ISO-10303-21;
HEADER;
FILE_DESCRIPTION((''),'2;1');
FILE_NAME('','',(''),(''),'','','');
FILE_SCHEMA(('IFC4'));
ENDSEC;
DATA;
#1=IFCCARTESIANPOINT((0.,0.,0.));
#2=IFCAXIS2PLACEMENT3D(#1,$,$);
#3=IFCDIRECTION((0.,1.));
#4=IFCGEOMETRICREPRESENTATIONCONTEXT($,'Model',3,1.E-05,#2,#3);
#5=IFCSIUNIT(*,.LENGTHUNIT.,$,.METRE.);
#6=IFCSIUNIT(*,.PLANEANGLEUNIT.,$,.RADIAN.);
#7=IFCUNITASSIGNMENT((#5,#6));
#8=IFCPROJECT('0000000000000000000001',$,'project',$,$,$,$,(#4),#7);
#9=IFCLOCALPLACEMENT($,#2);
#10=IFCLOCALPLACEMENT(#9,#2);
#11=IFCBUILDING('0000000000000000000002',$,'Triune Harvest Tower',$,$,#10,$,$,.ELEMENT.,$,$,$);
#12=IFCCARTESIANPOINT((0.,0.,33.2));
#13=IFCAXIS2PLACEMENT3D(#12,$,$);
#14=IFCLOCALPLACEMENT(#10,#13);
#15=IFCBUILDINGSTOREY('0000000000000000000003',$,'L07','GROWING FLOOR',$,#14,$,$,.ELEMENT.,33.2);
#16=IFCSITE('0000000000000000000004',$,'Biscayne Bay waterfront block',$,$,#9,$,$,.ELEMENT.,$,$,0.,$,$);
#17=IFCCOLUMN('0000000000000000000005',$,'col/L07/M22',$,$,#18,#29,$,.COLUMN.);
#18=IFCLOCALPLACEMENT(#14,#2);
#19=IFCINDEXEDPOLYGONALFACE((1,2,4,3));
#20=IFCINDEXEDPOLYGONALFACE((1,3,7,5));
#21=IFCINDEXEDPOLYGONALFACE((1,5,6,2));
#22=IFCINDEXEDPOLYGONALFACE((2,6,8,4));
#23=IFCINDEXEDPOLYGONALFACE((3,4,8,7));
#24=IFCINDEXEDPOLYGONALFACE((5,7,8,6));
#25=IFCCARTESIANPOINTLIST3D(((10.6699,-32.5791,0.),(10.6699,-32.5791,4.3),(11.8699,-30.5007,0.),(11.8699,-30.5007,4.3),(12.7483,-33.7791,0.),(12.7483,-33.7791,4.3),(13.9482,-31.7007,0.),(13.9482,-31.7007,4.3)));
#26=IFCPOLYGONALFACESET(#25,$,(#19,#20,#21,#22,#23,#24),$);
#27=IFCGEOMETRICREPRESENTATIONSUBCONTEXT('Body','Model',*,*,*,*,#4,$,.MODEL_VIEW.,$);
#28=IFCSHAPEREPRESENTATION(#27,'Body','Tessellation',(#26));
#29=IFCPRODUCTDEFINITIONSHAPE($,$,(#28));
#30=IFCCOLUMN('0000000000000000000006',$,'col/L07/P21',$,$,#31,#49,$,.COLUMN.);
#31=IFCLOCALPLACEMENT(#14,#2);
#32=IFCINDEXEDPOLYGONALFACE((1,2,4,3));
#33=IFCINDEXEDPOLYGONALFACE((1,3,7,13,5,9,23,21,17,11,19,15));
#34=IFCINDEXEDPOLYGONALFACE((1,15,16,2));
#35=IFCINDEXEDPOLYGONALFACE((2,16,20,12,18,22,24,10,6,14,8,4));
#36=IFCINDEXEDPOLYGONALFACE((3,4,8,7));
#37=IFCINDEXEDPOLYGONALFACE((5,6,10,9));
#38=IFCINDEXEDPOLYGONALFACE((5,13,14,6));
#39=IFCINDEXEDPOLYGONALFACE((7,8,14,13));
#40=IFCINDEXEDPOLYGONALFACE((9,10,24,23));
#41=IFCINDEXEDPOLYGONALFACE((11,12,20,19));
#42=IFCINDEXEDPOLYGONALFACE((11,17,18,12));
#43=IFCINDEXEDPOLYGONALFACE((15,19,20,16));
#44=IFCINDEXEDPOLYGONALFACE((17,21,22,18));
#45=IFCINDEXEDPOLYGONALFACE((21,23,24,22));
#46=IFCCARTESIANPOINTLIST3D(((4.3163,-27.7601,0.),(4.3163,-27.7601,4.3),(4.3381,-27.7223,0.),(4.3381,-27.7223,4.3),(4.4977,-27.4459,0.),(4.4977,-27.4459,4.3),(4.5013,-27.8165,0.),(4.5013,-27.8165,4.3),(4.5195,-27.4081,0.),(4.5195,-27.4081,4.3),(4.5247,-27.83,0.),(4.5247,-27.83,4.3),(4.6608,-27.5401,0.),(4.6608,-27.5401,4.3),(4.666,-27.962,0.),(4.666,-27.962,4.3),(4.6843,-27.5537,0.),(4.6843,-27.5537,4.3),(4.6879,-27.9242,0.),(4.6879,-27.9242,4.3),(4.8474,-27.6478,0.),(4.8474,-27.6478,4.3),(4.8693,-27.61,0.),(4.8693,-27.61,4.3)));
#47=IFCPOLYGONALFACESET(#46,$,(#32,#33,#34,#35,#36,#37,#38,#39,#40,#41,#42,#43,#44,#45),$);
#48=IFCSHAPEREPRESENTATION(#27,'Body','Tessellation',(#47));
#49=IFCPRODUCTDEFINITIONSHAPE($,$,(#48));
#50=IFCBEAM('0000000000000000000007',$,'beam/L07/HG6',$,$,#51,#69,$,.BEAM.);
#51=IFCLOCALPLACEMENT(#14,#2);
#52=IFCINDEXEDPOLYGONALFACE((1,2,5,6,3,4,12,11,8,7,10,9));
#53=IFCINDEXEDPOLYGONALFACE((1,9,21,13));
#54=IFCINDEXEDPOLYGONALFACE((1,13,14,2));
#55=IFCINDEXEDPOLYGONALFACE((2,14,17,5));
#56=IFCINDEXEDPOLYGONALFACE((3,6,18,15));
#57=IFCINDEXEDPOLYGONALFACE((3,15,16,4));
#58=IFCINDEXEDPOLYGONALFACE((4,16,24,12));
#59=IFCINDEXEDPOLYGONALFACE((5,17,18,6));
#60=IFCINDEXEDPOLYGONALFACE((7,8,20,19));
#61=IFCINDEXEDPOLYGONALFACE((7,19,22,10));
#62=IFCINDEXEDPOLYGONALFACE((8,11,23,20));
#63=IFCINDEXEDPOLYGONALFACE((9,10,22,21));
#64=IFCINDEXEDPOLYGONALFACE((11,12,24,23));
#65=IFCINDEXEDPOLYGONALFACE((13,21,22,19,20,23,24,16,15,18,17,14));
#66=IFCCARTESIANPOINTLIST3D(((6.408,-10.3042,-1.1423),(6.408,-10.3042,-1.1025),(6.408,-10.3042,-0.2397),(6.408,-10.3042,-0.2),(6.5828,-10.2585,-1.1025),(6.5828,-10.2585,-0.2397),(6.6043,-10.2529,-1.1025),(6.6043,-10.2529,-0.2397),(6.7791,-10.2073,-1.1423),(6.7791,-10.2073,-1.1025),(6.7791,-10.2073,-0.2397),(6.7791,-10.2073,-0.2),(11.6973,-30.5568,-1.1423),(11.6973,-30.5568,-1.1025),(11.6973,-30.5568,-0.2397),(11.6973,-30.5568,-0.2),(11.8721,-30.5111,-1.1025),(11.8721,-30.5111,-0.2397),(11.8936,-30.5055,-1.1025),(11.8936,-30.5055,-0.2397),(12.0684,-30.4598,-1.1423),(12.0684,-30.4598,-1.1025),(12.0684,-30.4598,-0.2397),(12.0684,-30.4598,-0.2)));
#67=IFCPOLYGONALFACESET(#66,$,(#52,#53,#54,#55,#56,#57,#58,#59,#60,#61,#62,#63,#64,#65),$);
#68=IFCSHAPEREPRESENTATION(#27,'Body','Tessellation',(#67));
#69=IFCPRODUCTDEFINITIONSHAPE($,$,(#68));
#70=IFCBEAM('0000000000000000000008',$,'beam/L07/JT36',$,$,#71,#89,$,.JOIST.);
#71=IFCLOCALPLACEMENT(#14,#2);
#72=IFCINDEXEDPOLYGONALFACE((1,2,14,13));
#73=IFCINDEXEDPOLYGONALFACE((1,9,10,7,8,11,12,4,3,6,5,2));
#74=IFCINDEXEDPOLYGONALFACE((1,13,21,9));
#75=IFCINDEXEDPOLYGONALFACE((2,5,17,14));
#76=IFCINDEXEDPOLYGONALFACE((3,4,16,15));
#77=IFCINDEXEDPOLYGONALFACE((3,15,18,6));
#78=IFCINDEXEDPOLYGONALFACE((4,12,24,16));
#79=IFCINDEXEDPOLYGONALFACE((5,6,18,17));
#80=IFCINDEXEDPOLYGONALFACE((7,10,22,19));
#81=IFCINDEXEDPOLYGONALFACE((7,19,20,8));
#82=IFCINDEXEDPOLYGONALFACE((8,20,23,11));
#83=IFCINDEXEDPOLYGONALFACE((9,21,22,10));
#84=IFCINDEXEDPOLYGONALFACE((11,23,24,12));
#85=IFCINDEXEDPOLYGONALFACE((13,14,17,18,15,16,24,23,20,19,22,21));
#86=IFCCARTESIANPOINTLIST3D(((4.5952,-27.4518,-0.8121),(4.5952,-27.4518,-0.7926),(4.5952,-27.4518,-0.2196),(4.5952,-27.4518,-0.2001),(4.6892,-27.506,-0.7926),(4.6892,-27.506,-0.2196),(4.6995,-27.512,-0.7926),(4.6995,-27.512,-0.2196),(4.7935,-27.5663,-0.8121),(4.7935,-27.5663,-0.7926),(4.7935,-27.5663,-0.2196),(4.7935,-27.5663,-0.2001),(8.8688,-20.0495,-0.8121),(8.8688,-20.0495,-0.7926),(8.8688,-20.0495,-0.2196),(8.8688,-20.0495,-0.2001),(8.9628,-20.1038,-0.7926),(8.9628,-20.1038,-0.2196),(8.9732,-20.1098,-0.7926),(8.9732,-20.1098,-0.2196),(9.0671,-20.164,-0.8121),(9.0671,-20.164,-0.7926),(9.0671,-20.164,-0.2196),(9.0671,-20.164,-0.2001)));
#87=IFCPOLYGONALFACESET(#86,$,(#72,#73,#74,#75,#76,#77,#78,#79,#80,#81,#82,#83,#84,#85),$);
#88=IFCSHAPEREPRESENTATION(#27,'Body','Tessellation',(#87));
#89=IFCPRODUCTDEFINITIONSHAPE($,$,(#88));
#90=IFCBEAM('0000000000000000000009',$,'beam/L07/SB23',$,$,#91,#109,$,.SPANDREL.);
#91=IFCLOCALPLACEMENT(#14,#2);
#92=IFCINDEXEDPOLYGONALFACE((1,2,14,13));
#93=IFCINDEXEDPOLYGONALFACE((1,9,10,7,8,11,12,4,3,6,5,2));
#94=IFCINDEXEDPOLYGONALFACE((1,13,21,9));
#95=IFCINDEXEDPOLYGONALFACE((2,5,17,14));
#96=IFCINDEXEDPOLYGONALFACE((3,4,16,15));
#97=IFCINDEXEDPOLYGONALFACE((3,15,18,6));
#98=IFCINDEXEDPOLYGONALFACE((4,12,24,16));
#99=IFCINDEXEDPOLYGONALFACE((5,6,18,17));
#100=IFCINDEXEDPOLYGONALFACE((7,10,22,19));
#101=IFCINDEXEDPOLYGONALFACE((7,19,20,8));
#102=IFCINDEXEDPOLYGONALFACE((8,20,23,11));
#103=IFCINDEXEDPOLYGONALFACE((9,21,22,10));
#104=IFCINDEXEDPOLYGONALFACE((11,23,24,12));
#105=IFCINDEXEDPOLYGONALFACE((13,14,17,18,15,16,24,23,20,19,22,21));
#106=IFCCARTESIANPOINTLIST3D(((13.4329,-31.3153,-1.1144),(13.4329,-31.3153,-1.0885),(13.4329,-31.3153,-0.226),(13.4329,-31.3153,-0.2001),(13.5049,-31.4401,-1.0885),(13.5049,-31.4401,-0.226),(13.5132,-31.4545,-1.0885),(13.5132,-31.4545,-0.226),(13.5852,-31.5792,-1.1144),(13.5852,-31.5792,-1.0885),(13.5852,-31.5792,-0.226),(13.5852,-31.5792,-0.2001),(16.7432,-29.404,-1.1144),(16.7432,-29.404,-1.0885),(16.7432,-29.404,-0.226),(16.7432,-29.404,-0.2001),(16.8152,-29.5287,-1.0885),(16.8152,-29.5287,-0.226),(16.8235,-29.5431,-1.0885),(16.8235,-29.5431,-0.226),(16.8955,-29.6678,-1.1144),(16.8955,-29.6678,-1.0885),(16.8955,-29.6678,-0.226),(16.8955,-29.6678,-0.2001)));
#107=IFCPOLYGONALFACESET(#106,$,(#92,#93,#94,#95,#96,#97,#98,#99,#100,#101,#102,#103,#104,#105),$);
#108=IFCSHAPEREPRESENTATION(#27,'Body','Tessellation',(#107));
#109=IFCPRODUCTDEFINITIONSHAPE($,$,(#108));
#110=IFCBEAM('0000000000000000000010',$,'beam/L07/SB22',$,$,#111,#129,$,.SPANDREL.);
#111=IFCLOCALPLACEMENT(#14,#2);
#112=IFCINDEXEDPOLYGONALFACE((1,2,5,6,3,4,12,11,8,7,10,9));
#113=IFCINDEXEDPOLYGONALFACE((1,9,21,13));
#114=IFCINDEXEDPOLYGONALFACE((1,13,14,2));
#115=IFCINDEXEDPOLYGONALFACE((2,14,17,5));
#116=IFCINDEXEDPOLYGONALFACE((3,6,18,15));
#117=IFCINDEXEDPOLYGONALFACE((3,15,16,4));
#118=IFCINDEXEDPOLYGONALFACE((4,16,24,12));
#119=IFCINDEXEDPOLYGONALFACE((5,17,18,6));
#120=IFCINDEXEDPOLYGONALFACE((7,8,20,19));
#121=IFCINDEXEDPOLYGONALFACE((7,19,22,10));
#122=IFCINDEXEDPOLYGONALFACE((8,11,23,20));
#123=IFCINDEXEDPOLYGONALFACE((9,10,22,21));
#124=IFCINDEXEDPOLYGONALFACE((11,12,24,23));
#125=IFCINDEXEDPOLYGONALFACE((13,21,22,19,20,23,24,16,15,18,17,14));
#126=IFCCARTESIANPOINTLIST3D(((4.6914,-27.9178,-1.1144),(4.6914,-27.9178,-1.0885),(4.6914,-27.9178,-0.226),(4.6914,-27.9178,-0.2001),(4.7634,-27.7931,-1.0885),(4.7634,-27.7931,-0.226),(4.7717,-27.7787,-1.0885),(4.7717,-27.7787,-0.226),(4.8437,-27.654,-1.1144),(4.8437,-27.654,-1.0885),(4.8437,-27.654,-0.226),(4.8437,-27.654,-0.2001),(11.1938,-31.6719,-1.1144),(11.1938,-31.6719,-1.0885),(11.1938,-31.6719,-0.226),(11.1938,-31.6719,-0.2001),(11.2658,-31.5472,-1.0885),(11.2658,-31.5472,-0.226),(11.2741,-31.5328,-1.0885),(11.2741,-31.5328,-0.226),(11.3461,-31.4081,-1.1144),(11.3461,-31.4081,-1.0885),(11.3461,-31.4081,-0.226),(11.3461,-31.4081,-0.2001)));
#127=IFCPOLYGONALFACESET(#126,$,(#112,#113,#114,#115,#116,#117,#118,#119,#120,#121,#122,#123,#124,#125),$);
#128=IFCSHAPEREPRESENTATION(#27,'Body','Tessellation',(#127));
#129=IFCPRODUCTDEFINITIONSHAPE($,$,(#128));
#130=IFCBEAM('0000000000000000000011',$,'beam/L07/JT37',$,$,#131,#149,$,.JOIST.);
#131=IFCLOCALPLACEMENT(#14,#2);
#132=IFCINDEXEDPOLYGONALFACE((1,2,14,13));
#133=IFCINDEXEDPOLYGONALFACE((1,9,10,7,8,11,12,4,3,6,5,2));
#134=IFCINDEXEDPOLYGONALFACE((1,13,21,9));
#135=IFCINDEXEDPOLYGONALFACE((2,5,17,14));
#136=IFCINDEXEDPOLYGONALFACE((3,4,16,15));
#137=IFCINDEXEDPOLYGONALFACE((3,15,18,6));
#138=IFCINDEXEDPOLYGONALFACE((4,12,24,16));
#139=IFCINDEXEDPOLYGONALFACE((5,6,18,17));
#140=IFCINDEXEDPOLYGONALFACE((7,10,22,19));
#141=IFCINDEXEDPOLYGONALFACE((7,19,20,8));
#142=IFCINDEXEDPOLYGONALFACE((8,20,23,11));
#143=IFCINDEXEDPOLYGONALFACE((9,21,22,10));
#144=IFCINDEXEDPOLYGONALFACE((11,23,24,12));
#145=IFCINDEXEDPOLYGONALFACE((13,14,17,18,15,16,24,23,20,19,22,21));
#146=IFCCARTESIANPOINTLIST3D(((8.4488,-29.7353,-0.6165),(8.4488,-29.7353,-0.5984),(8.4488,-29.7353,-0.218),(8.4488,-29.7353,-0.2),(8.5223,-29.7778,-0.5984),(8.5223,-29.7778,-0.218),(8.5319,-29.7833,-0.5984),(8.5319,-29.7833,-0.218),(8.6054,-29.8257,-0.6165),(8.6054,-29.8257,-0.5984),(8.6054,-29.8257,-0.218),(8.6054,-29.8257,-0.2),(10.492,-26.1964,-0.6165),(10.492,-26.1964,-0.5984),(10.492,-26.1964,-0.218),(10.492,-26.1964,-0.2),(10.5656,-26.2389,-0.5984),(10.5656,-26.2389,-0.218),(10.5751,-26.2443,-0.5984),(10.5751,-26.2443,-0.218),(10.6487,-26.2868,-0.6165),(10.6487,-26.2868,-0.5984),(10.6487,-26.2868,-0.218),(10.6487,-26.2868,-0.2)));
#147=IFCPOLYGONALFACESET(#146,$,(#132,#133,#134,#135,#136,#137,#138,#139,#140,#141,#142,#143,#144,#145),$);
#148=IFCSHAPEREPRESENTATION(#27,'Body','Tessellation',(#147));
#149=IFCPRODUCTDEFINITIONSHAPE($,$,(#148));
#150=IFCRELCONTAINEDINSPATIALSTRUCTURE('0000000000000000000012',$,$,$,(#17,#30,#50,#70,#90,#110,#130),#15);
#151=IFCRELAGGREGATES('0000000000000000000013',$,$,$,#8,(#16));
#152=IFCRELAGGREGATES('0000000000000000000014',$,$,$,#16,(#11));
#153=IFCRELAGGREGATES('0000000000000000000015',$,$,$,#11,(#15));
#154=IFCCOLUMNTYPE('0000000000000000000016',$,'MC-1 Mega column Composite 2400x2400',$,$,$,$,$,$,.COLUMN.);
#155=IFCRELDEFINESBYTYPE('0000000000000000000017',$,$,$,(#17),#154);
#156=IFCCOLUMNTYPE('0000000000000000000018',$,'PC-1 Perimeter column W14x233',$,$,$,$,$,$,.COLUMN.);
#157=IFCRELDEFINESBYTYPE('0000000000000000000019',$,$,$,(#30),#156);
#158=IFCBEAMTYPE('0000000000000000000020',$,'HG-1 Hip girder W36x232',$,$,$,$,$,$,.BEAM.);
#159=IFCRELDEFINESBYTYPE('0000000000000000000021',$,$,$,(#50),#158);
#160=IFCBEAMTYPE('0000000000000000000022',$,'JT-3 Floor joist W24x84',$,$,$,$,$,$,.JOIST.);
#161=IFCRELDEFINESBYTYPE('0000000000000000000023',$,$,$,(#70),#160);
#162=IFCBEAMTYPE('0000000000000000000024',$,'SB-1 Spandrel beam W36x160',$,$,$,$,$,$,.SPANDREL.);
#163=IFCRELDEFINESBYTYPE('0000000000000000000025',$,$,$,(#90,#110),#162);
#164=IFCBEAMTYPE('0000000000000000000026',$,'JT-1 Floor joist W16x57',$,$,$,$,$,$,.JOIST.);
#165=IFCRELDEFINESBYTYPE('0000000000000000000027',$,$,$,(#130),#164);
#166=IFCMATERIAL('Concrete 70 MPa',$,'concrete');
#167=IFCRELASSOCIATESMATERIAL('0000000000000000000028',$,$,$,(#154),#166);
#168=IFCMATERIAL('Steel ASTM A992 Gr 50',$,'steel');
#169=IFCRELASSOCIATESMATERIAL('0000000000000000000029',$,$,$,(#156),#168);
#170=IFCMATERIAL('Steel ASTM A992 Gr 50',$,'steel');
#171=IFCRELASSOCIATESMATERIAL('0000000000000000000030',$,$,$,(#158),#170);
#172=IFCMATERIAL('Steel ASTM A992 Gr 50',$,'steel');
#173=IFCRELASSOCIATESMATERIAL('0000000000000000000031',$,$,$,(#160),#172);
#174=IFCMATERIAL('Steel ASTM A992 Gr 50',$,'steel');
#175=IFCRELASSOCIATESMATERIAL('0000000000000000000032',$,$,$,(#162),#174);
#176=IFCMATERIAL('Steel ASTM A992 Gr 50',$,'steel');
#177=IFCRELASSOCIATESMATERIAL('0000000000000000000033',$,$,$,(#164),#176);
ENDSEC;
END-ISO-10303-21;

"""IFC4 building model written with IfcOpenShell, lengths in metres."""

from ifc_helpers import new_model, si_unit, direction, frame, origin, origin_2d, place, context, subcontext, project, spatial, rectangle, i_section, extrude, source, transform, mapped, material, material_profile, profile_set, type_object, element, save


model = new_model("IFC4")

# Units and contexts
model_context = context("Model", 3, precision=1e-05, world=origin(), true_north=direction((0.0, 1.0)))
body_context = subcontext(model_context, "Body", "Model", "MODEL_VIEW")
ifc_project = project(units=[si_unit("LENGTHUNIT", "METRE"), si_unit("PLANEANGLEUNIT", "RADIAN")], contexts=[model_context])

# Site, building, storey
site_placement = place(None, origin())
site = spatial("IfcSite", under=ifc_project, at=site_placement, Name="Biscayne Bay waterfront block", CompositionType="ELEMENT", RefElevation=0.0)
building_placement = place(site_placement, origin())
building = spatial("IfcBuilding", under=site, at=building_placement, Name="Triune Harvest Tower", CompositionType="ELEMENT")
storey_placement = place(building_placement, frame((0.0, 0.0, 33.2)))
storey = spatial("IfcBuildingStorey", under=building, at=storey_placement, Name="L07", Description="GROWING FLOOR", CompositionType="ELEMENT", Elevation=33.2)

# Columns
ifc_material_1 = material(Name="Concrete 70 MPa", Category="concrete")
ifc_material_profile_1 = material_profile(ifc_material_1, rectangle(XDim=2.3999, YDim=2.3999, at=origin_2d()), Name="Composite 2400x2400")
ifc_profile_set_1 = profile_set([ifc_material_profile_1], Name="Concrete 70 MPa")
column_type_1 = type_object("IfcColumnType", Name="MC-1 Mega column Composite 2400x2400", PredefinedType="COLUMN", material=ifc_profile_set_1)
shared_shape_1 = source(origin(), body_context, "Body", "SweptSolid", [
    extrude(rectangle(XDim=2.3999, YDim=2.3999, at=origin_2d()), origin(), (0.0, 0.0, 1.0), 4.3),
])
column_1_placement = place(storey_placement, frame((12.3091, -32.1399, 0.0), z_axis=(0.0, 0.0, 1.0), x_axis=(0.866025, -0.5, 0.0)))
element("IfcColumn", 1, at=column_1_placement, inside=storey, type_object=column_type_1, Name="col/L07/M22", PredefinedType="COLUMN", context=body_context, shape_type="MappedRepresentation", body=[
    mapped(shared_shape_1, transform((0.0, 0.0, 0.0), scale=1.0)),
])
ifc_material_2 = material(Name="Steel ASTM A992 Gr 50", Category="steel")
ifc_material_profile_2 = material_profile(ifc_material_2, i_section(OverallWidth=0.4038, OverallDepth=0.4065, WebThickness=0.0271, FlangeThickness=0.0437, at=origin_2d()), Name="W14x233")
ifc_profile_set_2 = profile_set([ifc_material_profile_2], Name="Steel ASTM A992 Gr 50")
column_type_2 = type_object("IfcColumnType", Name="PC-1 Perimeter column W14x233", PredefinedType="COLUMN", material=ifc_profile_set_2)
shared_shape_2 = source(origin(), body_context, "Body", "SweptSolid", [
    extrude(i_section(OverallWidth=0.4038, OverallDepth=0.4065, WebThickness=0.0271, FlangeThickness=0.0437, at=origin_2d()), origin(), (0.0, 0.0, 1.0), 4.3),
])
column_2_placement = place(storey_placement, frame((4.5928, -27.6851, 0.0), z_axis=(0.0, 0.0, 1.0), x_axis=(0.866025, -0.5, 0.0)))
element("IfcColumn", 2, at=column_2_placement, inside=storey, type_object=column_type_2, Name="col/L07/P21", PredefinedType="COLUMN", context=body_context, shape_type="MappedRepresentation", body=[
    mapped(shared_shape_2, transform((0.0, 0.0, 0.0), scale=1.0)),
])

# Beams
ifc_material_3 = material(Name="Steel ASTM A992 Gr 50", Category="steel")
ifc_material_profile_3 = material_profile(ifc_material_3, i_section(OverallWidth=0.3835, OverallDepth=0.9424, WebThickness=0.0222, FlangeThickness=0.0398, at=origin_2d()), Name="W36x232")
ifc_profile_set_3 = profile_set([ifc_material_profile_3], Name="Steel ASTM A992 Gr 50")
beam_type_1 = type_object("IfcBeamType", Name="HG-1 Hip girder W36x232", PredefinedType="BEAM", material=ifc_profile_set_3)
shared_shape_3 = source(origin(), body_context, "Body", "SweptSolid", [
    extrude(i_section(OverallWidth=0.3835, OverallDepth=0.9424, WebThickness=0.0222, FlangeThickness=0.0398, at=origin_2d()), origin(), (0.0, 0.0, 1.0), 20.9319),
])
beam_1_placement = place(storey_placement, frame((11.8828, -30.5083, -0.6711), z_axis=(-0.25269, 0.967547, 0.0), x_axis=(-0.967547, -0.25269, 0.0)))
element("IfcBeam", 3, at=beam_1_placement, inside=storey, type_object=beam_type_1, Name="beam/L07/HG6", PredefinedType="BEAM", context=body_context, shape_type="MappedRepresentation", body=[
    mapped(shared_shape_3, transform((0.0, 0.0, 0.0), scale=1.0)),
])
ifc_material_4 = material(Name="Steel ASTM A992 Gr 50", Category="steel")
ifc_material_profile_4 = material_profile(ifc_material_4, i_section(OverallWidth=0.229, OverallDepth=0.6121, WebThickness=0.012, FlangeThickness=0.0195, at=origin_2d()), Name="W24x84")
ifc_profile_set_4 = profile_set([ifc_material_profile_4], Name="Steel ASTM A992 Gr 50")
beam_type_2 = type_object("IfcBeamType", Name="JT-3 Floor joist W24x84", PredefinedType="JOIST", material=ifc_profile_set_4)
shared_shape_4 = source(origin(), body_context, "Body", "SweptSolid", [
    extrude(i_section(OverallWidth=0.229, OverallDepth=0.6121, WebThickness=0.012, FlangeThickness=0.0195, at=origin_2d()), origin(), (0.0, 0.0, 1.0), 8.5474),
])
beam_2_placement = place(storey_placement, frame((4.6943, -27.509, -0.5061), z_axis=(0.499994, 0.866029, 0.0), x_axis=(-0.866029, 0.499994, 0.0)))
element("IfcBeam", 4, at=beam_2_placement, inside=storey, type_object=beam_type_2, Name="beam/L07/JT36", PredefinedType="JOIST", context=body_context, shape_type="MappedRepresentation", body=[
    mapped(shared_shape_4, transform((0.0, 0.0, 0.0), scale=1.0)),
])
ifc_material_5 = material(Name="Steel ASTM A992 Gr 50", Category="steel")
ifc_material_profile_5 = material_profile(ifc_material_5, i_section(OverallWidth=0.3047, OverallDepth=0.9143, WebThickness=0.0166, FlangeThickness=0.0259, at=origin_2d()), Name="W36x160")
ifc_profile_set_5 = profile_set([ifc_material_profile_5], Name="Steel ASTM A992 Gr 50")
beam_type_3 = type_object("IfcBeamType", Name="SB-1 Spandrel beam W36x160", PredefinedType="SPANDREL", material=ifc_profile_set_5)
shared_shape_5 = source(origin(), body_context, "Body", "SweptSolid", [
    extrude(i_section(OverallWidth=0.3047, OverallDepth=0.9143, WebThickness=0.0166, FlangeThickness=0.0259, at=origin_2d()), origin(), (0.0, 0.0, 1.0), 3.8225),
])
beam_3_placement = place(storey_placement, frame((13.509, -31.4473, -0.6572), z_axis=(0.866006, 0.500034, 0.0), x_axis=(-0.500034, 0.866006, 0.0)))
element("IfcBeam", 5, at=beam_3_placement, inside=storey, type_object=beam_type_3, Name="beam/L07/SB23", PredefinedType="SPANDREL", context=body_context, shape_type="MappedRepresentation", body=[
    mapped(shared_shape_5, transform((0.0, 0.0, 0.0), scale=1.0)),
])
shared_shape_6 = source(origin(), body_context, "Body", "SweptSolid", [
    extrude(i_section(OverallWidth=0.3047, OverallDepth=0.9143, WebThickness=0.0166, FlangeThickness=0.0259, at=origin_2d()), origin(), (0.0, 0.0, 1.0), 7.5083),
])
beam_4_placement = place(storey_placement, frame((4.7676, -27.7859, -0.6572), z_axis=(0.866027, -0.499996, 0.0), x_axis=(0.499996, 0.866027, 0.0)))
element("IfcBeam", 6, at=beam_4_placement, inside=storey, type_object=beam_type_3, Name="beam/L07/SB22", PredefinedType="SPANDREL", context=body_context, shape_type="MappedRepresentation", body=[
    mapped(shared_shape_6, transform((0.0, 0.0, 0.0), scale=1.0)),
])
ifc_material_6 = material(Name="Steel ASTM A992 Gr 50", Category="steel")
ifc_material_profile_6 = material_profile(ifc_material_6, i_section(OverallWidth=0.1809, OverallDepth=0.4165, WebThickness=0.011, FlangeThickness=0.0181, at=origin_2d()), Name="W16x57")
ifc_profile_set_6 = profile_set([ifc_material_profile_6], Name="Steel ASTM A992 Gr 50")
beam_type_4 = type_object("IfcBeamType", Name="JT-1 Floor joist W16x57", PredefinedType="JOIST", material=ifc_profile_set_6)
shared_shape_7 = source(origin(), body_context, "Body", "SweptSolid", [
    extrude(i_section(OverallWidth=0.1809, OverallDepth=0.4165, WebThickness=0.011, FlangeThickness=0.0181, at=origin_2d()), origin(), (0.0, 0.0, 1.0), 4.0864),
])
beam_5_placement = place(storey_placement, frame((8.5271, -29.7805, -0.4082), z_axis=(0.500014, 0.866017, 0.0), x_axis=(-0.866017, 0.500014, 0.0)))
element("IfcBeam", 7, at=beam_5_placement, inside=storey, type_object=beam_type_4, Name="beam/L07/JT37", PredefinedType="JOIST", context=body_context, shape_type="MappedRepresentation", body=[
    mapped(shared_shape_7, transform((0.0, 0.0, 0.0), scale=1.0)),
])

save(model, "model.ifc")
